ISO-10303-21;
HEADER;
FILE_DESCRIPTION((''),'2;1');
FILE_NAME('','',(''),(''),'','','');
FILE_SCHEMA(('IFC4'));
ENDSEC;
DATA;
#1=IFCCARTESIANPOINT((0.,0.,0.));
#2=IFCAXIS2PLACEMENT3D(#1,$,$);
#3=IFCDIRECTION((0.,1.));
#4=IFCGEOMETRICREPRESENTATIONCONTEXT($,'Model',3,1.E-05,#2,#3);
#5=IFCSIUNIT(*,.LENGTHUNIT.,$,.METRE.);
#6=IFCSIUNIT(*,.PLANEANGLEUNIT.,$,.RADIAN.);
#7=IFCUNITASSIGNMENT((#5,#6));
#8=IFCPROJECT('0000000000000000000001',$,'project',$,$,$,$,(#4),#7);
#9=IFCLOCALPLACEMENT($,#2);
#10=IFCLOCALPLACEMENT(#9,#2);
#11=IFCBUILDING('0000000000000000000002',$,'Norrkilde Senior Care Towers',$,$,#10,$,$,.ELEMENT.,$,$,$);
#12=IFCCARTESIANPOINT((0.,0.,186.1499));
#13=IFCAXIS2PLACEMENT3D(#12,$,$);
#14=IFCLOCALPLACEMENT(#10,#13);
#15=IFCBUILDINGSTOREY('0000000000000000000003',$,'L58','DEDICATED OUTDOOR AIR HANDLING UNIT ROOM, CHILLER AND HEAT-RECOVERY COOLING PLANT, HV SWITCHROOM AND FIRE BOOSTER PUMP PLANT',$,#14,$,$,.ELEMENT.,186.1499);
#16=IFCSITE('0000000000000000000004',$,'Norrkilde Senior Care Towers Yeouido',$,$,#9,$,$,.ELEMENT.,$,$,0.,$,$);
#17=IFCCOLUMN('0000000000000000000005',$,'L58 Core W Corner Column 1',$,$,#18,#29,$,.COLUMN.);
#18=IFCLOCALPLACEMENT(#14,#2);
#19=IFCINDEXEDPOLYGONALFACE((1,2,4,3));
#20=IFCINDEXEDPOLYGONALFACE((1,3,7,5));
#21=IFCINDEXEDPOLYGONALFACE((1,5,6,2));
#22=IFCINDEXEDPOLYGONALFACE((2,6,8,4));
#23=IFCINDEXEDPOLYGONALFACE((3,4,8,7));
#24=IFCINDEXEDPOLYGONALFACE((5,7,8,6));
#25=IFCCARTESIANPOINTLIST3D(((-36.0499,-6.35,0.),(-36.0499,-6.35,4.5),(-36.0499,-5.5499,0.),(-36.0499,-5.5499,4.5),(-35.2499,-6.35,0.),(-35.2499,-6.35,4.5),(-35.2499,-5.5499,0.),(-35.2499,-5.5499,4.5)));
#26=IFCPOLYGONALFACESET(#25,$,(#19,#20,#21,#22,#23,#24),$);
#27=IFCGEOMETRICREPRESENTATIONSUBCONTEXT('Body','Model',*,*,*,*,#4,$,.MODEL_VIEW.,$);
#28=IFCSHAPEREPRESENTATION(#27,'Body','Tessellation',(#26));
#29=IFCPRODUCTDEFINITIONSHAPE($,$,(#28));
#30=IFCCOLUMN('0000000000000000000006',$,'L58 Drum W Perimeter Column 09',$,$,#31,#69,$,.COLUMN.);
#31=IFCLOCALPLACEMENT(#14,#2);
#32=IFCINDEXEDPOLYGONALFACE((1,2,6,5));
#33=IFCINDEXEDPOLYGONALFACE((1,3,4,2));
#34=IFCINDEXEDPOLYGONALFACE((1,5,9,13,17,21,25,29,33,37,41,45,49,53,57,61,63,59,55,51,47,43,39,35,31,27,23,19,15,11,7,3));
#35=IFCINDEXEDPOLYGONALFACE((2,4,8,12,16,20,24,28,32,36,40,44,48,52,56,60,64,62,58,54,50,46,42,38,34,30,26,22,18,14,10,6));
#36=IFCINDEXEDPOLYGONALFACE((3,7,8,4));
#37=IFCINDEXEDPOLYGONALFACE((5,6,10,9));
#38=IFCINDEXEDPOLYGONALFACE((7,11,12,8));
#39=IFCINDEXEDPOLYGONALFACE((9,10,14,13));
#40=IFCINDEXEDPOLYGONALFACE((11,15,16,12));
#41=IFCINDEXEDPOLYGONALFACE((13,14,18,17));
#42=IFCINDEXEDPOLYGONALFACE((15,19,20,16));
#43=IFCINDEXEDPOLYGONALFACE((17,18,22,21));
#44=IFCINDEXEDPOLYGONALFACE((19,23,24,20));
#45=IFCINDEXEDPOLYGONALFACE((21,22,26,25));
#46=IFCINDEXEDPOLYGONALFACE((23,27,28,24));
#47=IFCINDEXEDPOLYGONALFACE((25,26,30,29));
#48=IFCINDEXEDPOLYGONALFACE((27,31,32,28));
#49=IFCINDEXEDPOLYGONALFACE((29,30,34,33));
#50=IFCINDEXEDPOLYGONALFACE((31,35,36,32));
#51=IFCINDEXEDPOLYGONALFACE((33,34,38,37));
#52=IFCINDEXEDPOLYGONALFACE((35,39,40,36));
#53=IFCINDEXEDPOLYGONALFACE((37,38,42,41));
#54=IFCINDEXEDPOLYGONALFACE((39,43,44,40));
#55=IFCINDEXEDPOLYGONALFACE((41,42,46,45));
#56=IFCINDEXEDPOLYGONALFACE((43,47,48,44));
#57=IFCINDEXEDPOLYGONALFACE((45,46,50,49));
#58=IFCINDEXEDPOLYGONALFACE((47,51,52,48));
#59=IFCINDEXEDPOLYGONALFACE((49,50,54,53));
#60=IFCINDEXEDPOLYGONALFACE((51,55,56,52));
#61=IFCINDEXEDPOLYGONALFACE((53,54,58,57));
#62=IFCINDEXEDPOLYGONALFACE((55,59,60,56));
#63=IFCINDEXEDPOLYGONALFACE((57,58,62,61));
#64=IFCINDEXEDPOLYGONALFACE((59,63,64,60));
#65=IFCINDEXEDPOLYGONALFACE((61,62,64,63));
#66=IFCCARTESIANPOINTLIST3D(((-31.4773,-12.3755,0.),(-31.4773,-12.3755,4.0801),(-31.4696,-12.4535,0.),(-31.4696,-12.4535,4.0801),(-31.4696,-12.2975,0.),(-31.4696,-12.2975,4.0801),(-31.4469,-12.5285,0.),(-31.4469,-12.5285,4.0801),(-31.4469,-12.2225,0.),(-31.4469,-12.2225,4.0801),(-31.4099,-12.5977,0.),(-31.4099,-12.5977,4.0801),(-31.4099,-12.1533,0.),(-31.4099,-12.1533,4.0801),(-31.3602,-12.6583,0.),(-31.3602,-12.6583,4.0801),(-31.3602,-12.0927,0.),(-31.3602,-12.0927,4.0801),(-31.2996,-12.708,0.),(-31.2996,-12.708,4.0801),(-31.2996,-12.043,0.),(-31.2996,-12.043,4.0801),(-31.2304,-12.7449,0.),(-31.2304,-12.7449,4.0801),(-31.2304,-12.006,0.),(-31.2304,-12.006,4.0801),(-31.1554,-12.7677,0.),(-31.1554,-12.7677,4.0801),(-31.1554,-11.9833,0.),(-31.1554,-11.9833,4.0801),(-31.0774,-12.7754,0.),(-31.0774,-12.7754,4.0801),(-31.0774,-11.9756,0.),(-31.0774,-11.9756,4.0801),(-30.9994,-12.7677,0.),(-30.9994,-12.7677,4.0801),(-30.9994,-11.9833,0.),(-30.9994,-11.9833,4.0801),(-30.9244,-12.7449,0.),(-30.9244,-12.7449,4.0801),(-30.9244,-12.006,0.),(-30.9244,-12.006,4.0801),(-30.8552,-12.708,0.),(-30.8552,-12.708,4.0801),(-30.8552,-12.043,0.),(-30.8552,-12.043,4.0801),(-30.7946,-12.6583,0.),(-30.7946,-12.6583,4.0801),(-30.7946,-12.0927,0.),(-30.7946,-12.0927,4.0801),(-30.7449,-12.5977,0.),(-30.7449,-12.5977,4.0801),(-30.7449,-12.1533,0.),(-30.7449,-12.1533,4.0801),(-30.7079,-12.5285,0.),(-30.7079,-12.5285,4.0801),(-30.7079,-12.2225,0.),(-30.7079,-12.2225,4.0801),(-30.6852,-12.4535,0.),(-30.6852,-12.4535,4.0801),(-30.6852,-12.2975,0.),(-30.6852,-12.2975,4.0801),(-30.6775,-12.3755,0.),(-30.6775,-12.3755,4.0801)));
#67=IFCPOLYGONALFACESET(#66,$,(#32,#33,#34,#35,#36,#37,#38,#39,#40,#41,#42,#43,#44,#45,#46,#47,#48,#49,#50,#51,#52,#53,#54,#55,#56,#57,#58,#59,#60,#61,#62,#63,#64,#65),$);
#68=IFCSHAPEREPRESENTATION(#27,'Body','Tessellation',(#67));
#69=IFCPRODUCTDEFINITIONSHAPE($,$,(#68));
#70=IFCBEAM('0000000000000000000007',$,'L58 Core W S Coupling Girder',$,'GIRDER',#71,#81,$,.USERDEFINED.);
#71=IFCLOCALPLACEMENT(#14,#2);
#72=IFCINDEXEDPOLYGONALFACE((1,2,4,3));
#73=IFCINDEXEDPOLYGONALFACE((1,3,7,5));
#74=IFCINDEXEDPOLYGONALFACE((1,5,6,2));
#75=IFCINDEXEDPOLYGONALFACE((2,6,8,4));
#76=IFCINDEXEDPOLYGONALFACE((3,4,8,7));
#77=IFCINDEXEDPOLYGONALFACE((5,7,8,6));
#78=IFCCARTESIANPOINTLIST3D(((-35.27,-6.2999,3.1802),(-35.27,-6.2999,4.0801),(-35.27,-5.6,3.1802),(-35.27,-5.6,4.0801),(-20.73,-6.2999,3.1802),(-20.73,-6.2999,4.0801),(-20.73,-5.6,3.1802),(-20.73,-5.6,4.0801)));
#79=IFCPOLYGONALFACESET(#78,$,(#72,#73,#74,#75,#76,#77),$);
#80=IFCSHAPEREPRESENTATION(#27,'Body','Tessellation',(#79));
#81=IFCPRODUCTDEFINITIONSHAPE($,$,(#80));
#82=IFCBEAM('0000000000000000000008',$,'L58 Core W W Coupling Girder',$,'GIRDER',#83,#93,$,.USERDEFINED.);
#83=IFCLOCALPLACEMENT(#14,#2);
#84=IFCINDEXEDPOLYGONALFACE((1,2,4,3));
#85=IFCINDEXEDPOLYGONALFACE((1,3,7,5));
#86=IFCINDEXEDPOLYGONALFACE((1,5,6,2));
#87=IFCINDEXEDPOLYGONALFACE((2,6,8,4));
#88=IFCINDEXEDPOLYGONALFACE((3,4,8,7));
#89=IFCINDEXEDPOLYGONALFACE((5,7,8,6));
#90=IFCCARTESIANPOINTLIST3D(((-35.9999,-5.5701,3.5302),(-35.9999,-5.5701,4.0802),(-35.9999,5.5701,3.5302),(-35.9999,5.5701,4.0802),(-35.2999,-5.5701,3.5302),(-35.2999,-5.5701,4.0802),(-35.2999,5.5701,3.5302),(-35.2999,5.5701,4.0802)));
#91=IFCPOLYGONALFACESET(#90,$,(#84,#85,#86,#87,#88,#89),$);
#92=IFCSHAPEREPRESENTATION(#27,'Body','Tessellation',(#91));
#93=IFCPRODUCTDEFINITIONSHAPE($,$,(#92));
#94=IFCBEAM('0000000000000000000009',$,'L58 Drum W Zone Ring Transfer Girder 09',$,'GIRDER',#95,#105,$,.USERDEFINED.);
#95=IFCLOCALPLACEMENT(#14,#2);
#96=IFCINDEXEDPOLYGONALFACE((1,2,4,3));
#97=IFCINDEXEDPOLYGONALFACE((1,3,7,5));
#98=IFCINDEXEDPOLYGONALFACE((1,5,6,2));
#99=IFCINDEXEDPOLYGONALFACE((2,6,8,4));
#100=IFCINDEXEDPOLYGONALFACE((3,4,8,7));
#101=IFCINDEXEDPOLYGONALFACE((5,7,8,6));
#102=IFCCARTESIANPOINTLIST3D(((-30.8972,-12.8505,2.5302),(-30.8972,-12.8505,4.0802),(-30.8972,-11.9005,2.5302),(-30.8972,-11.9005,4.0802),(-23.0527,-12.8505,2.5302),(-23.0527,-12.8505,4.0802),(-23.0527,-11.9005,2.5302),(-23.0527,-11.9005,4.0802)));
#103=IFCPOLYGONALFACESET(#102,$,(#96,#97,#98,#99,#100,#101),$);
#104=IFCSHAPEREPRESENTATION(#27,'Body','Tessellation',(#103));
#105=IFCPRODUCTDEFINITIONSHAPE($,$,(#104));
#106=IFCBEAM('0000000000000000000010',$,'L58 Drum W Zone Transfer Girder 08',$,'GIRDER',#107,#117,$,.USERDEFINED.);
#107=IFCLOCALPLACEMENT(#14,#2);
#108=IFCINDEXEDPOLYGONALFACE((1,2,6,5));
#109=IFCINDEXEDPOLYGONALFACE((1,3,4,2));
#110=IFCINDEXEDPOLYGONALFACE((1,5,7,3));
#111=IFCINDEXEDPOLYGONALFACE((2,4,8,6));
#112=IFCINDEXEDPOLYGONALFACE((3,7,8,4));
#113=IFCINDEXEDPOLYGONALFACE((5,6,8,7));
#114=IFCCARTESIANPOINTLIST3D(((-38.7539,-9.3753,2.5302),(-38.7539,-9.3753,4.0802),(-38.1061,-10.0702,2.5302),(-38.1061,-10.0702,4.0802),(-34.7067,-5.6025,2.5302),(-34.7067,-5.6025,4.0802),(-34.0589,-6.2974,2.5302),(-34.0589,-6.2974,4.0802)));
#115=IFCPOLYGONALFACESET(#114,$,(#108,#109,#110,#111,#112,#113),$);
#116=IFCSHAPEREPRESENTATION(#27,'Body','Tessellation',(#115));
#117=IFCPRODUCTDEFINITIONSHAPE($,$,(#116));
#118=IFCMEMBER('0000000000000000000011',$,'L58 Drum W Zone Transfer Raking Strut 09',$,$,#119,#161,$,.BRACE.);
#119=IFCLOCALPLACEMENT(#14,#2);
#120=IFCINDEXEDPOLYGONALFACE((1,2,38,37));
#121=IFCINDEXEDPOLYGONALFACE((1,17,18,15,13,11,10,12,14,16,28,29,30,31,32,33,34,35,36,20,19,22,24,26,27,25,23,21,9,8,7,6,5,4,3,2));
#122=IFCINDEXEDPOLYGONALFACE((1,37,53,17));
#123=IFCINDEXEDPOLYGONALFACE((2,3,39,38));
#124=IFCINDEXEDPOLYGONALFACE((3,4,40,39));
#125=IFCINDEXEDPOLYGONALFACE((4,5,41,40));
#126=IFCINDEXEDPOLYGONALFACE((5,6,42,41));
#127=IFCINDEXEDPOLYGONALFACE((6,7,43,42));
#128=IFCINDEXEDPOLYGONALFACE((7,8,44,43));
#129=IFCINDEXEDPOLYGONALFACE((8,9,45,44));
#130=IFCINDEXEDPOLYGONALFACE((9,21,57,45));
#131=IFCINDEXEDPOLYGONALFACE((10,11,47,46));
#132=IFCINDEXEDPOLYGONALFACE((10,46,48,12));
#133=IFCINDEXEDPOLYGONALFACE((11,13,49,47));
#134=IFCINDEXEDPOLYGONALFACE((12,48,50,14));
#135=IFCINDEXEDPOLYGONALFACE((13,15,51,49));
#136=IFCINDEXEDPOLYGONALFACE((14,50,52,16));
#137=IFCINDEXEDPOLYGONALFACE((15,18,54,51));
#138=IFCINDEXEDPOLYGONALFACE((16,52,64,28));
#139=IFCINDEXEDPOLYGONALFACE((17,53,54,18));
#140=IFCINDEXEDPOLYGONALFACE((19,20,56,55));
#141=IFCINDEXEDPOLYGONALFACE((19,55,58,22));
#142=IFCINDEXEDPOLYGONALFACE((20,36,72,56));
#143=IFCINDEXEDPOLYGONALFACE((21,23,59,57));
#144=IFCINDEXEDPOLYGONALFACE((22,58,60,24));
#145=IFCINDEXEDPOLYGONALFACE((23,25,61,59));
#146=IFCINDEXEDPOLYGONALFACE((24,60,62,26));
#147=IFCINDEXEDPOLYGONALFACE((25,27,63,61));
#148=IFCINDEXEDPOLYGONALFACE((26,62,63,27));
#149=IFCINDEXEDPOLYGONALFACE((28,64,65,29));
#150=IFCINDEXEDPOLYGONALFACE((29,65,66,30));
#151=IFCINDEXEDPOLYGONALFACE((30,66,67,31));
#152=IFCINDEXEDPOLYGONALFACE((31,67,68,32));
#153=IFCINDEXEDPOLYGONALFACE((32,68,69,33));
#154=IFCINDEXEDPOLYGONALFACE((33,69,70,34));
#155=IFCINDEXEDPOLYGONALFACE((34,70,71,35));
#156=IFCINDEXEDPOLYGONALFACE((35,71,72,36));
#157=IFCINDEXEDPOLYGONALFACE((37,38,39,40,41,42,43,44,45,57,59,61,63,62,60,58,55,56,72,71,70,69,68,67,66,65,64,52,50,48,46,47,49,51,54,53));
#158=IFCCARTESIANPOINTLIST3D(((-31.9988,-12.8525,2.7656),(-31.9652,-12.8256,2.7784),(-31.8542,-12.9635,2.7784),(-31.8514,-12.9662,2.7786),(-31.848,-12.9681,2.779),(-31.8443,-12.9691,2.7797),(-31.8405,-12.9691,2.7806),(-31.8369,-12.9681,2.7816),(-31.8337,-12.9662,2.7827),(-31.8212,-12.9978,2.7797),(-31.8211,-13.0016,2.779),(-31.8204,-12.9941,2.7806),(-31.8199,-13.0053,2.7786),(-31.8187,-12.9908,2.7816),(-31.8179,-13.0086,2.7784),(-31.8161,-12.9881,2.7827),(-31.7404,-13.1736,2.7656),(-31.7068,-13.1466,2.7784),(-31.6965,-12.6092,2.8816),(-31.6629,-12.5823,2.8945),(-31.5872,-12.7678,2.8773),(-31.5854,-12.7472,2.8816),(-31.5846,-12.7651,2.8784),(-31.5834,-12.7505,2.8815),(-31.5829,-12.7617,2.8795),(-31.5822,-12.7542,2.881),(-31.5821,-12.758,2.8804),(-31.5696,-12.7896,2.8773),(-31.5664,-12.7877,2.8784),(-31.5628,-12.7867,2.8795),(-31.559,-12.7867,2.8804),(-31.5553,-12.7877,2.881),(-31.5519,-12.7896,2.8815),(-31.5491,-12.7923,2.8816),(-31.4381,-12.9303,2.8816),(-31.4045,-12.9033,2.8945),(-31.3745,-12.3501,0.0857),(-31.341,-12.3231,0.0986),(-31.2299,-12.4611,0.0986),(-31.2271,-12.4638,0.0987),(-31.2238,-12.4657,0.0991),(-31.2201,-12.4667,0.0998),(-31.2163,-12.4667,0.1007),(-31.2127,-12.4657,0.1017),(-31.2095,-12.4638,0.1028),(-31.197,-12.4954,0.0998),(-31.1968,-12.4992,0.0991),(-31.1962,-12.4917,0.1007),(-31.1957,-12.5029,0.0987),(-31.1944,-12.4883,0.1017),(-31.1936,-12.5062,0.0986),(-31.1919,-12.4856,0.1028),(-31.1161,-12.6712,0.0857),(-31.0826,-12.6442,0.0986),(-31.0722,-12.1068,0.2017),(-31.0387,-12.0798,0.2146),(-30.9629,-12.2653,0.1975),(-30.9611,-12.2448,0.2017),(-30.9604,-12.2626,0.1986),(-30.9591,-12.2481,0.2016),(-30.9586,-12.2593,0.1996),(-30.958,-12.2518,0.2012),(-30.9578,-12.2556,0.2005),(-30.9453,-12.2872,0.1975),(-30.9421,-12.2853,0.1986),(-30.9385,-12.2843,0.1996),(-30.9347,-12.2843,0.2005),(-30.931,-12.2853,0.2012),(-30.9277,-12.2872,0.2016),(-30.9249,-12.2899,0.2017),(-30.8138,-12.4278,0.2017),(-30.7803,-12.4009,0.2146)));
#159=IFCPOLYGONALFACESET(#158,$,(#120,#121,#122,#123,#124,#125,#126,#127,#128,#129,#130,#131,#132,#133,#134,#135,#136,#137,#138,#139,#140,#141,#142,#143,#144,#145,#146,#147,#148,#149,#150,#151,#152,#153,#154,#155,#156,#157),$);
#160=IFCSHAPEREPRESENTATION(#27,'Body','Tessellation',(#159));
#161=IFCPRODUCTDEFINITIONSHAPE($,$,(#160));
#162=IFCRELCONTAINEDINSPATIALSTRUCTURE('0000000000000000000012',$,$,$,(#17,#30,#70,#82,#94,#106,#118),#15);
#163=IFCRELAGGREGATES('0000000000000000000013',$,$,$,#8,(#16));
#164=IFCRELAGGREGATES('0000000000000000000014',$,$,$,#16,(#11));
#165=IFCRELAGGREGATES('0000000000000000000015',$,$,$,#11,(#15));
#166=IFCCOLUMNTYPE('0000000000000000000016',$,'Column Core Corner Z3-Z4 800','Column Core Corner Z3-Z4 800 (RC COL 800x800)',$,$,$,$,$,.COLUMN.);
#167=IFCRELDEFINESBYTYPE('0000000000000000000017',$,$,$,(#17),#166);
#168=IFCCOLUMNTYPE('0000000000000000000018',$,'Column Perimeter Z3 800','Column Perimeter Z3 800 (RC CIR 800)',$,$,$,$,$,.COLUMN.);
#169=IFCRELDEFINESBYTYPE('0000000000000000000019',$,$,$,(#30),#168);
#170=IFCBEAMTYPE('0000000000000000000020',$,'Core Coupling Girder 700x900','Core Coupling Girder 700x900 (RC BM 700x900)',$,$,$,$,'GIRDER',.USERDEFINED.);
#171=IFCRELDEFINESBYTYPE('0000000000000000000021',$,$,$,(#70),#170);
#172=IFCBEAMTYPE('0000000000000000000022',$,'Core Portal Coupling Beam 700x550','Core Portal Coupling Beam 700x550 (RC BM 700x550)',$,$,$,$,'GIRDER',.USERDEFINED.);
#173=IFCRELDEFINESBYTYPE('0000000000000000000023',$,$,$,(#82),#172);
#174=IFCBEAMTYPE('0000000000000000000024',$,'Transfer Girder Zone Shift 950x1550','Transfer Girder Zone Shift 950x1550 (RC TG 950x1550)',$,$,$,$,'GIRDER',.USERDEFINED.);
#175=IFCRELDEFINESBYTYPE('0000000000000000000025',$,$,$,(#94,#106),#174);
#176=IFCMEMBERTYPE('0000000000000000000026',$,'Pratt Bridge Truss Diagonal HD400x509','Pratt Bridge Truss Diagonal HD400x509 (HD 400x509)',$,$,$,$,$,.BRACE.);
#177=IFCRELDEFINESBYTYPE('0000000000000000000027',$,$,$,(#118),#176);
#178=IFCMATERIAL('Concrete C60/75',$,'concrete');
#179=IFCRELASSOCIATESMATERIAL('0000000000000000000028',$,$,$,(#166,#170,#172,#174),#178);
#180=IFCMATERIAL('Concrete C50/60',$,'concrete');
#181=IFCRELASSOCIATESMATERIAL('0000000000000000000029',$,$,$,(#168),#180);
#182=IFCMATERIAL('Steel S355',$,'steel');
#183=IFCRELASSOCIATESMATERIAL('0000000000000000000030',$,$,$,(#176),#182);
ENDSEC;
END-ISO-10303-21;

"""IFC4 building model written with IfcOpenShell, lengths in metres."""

from ifc_helpers import new_model, si_unit, direction, frame, origin, origin_2d, place, context, subcontext, project, spatial, rectangle, circle, i_section, extrude, source, transform, mapped, material, material_profile, profile_set, type_object, type_shapes, element, save


model = new_model("IFC4")

# Units and contexts
model_context = context("Model", 3, precision=1e-05, world=origin(), true_north=direction((0.0, 1.0)))
body_context = subcontext(model_context, "Body", "Model", "MODEL_VIEW")
ifc_project = project(units=[si_unit("LENGTHUNIT", "METRE"), si_unit("PLANEANGLEUNIT", "RADIAN")], contexts=[model_context])

# Site, building, storey
site_placement = place(None, origin())
site = spatial("IfcSite", under=ifc_project, at=site_placement, Name="Norrkilde Senior Care Towers Yeouido", CompositionType="ELEMENT", RefElevation=0.0)
building_placement = place(site_placement, origin())
building = spatial("IfcBuilding", under=site, at=building_placement, Name="Norrkilde Senior Care Towers", CompositionType="ELEMENT")
storey_placement = place(building_placement, frame((0.0, 0.0, 186.1499)))
storey = spatial("IfcBuildingStorey", under=building, at=storey_placement, Name="L58", Description="DEDICATED OUTDOOR AIR HANDLING UNIT ROOM, CHILLER AND HEAT-RECOVERY COOLING PLANT, HV SWITCHROOM AND FIRE BOOSTER PUMP PLANT", CompositionType="ELEMENT", Elevation=186.1499)

# Columns
ifc_material_1 = material(Name="Concrete C60/75", Category="concrete")
ifc_material_profile_1 = material_profile(ifc_material_1, rectangle(XDim=0.8, YDim=0.8, at=origin_2d()), Name="RC COL 800x800")
ifc_profile_set_1 = profile_set([ifc_material_profile_1], Name="Concrete C60/75")
column_type_1 = type_object("IfcColumnType", Name="Column Core Corner Z3-Z4 800", Description="Column Core Corner Z3-Z4 800 (RC COL 800x800)", PredefinedType="COLUMN", material=ifc_profile_set_1)
shared_shape_1 = source(origin(), body_context, "Body", "SweptSolid", [
    extrude(rectangle(XDim=0.8, YDim=0.8, at=origin_2d()), origin(), (0.0, 0.0, 1.0), 4.5),
])
type_shapes(column_type_1, [shared_shape_1])
column_1_placement = place(storey_placement, frame((-35.6499, -5.95, 0.0), z_axis=(0.0, 0.0, 1.0), x_axis=(1.0, 0.0, 0.0)))
element("IfcColumn", 1, at=column_1_placement, inside=storey, type_object=column_type_1, Name="L58 Core W Corner Column 1", PredefinedType="COLUMN", context=body_context, shape_type="MappedRepresentation", body=[
    mapped(shared_shape_1, transform((0.0, 0.0, 0.0), x_axis=(1.0, 0.0, 0.0), y_axis=(0.0, 1.0, 0.0), z_axis=(0.0, 0.0, 1.0), scale=1.0)),
])
ifc_material_2 = material(Name="Concrete C50/60", Category="concrete")
ifc_material_profile_2 = material_profile(ifc_material_2, circle(Radius=0.3999, at=origin_2d()), Name="RC CIR 800")
ifc_profile_set_2 = profile_set([ifc_material_profile_2], Name="Concrete C50/60")
column_type_2 = type_object("IfcColumnType", Name="Column Perimeter Z3 800", Description="Column Perimeter Z3 800 (RC CIR 800)", PredefinedType="COLUMN", material=ifc_profile_set_2)
shared_shape_2 = source(origin(), body_context, "Body", "SweptSolid", [
    extrude(circle(Radius=0.3999, at=origin_2d()), origin(), (0.0, 0.0, 1.0), 4.0801),
])
type_shapes(column_type_2, [shared_shape_2])
column_2_placement = place(storey_placement, frame((-31.0774, -12.3755, 0.0), z_axis=(0.0, 0.0, 1.0), x_axis=(1.0, 0.0, 0.0)))
element("IfcColumn", 2, at=column_2_placement, inside=storey, type_object=column_type_2, Name="L58 Drum W Perimeter Column 09", PredefinedType="COLUMN", context=body_context, shape_type="MappedRepresentation", body=[
    mapped(shared_shape_2, transform((0.0, 0.0, 0.0), x_axis=(1.0, 0.0, 0.0), y_axis=(0.0, 1.0, 0.0), z_axis=(0.0, 0.0, 1.0), scale=1.0)),
])

# Beams
ifc_material_profile_3 = material_profile(ifc_material_1, rectangle(XDim=0.7, YDim=0.8999, at=origin_2d()), Name="RC BM 700x900")
ifc_profile_set_3 = profile_set([ifc_material_profile_3], Name="Concrete C60/75")
beam_type_1 = type_object("IfcBeamType", Name="Core Coupling Girder 700x900", Description="Core Coupling Girder 700x900 (RC BM 700x900)", ElementType="GIRDER", PredefinedType="USERDEFINED", material=ifc_profile_set_3)
shared_shape_3 = source(origin(), body_context, "Body", "SweptSolid", [
    extrude(rectangle(XDim=0.7, YDim=0.8999, at=origin_2d()), origin(), (0.0, 0.0, 1.0), 14.54),
])
type_shapes(beam_type_1, [shared_shape_3])
beam_1_placement = place(storey_placement, frame((-35.27, -5.95, 3.6301), z_axis=(1.0, 0.0, 0.0), x_axis=(0.0, 1.0, 0.0)))
element("IfcBeam", 3, at=beam_1_placement, inside=storey, type_object=beam_type_1, Name="L58 Core W S Coupling Girder", ObjectType="GIRDER", PredefinedType="USERDEFINED", context=body_context, shape_type="MappedRepresentation", body=[
    mapped(shared_shape_3, transform((0.0, 0.0, 0.0), x_axis=(1.0, 0.0, 0.0), y_axis=(0.0, 1.0, 0.0), z_axis=(0.0, 0.0, 1.0), scale=1.0)),
])
ifc_material_profile_4 = material_profile(ifc_material_1, rectangle(XDim=0.7, YDim=0.55, at=origin_2d()), Name="RC BM 700x550")
ifc_profile_set_4 = profile_set([ifc_material_profile_4], Name="Concrete C60/75")
beam_type_2 = type_object("IfcBeamType", Name="Core Portal Coupling Beam 700x550", Description="Core Portal Coupling Beam 700x550 (RC BM 700x550)", ElementType="GIRDER", PredefinedType="USERDEFINED", material=ifc_profile_set_4)
shared_shape_4 = source(origin(), body_context, "Body", "SweptSolid", [
    extrude(rectangle(XDim=0.7, YDim=0.55, at=origin_2d()), origin(), (0.0, 0.0, 1.0), 11.1401),
])
type_shapes(beam_type_2, [shared_shape_4])
beam_2_placement = place(storey_placement, frame((-35.6499, -5.5701, 3.8052), z_axis=(0.0, 1.0, 0.0), x_axis=(-1.0, 0.0, 0.0)))
element("IfcBeam", 4, at=beam_2_placement, inside=storey, type_object=beam_type_2, Name="L58 Core W W Coupling Girder", ObjectType="GIRDER", PredefinedType="USERDEFINED", context=body_context, shape_type="MappedRepresentation", body=[
    mapped(shared_shape_4, transform((0.0, 0.0, 0.0), x_axis=(1.0, 0.0, 0.0), y_axis=(0.0, 1.0, 0.0), z_axis=(0.0, 0.0, 1.0), scale=1.0)),
])
ifc_material_profile_5 = material_profile(ifc_material_1, rectangle(XDim=0.95, YDim=1.55, at=origin_2d()), Name="RC TG 950x1550")
ifc_profile_set_5 = profile_set([ifc_material_profile_5], Name="Concrete C60/75")
beam_type_3 = type_object("IfcBeamType", Name="Transfer Girder Zone Shift 950x1550", Description="Transfer Girder Zone Shift 950x1550 (RC TG 950x1550)", ElementType="GIRDER", PredefinedType="USERDEFINED", material=ifc_profile_set_5)
shared_shape_5 = source(origin(), body_context, "Body", "SweptSolid", [
    extrude(rectangle(XDim=0.95, YDim=1.55, at=origin_2d()), origin(), (0.0, 0.0, 1.0), 7.8445),
])
beam_3_placement = place(storey_placement, frame((-30.8972, -12.3755, 3.3052), z_axis=(1.0, 0.0, 0.0), x_axis=(0.0, 1.0, 0.0)))
element("IfcBeam", 5, at=beam_3_placement, inside=storey, type_object=beam_type_3, Name="L58 Drum W Zone Ring Transfer Girder 09", ObjectType="GIRDER", PredefinedType="USERDEFINED", context=body_context, shape_type="MappedRepresentation", body=[
    mapped(shared_shape_5, transform((0.0, 0.0, 0.0), x_axis=(1.0, 0.0, 0.0), y_axis=(0.0, 1.0, 0.0), z_axis=(0.0, 0.0, 1.0), scale=1.0)),
])
shared_shape_6 = source(origin(), body_context, "Body", "SweptSolid", [
    extrude(rectangle(XDim=0.95, YDim=1.55, at=origin_2d()), origin(), (0.0, 0.0, 1.0), 5.533),
])
type_shapes(beam_type_3, [shared_shape_5, shared_shape_6])
beam_4_placement = place(storey_placement, frame((-34.3828, -5.95, 3.3052), z_axis=(-0.73147, -0.681873, 0.0), x_axis=(0.681873, -0.73147, 0.0)))
element("IfcBeam", 6, at=beam_4_placement, inside=storey, type_object=beam_type_3, Name="L58 Drum W Zone Transfer Girder 08", ObjectType="GIRDER", PredefinedType="USERDEFINED", context=body_context, shape_type="MappedRepresentation", body=[
    mapped(shared_shape_6, transform((0.0, 0.0, 0.0), x_axis=(1.0, 0.0, 0.0), y_axis=(0.0, 1.0, 0.0), z_axis=(0.0, 0.0, 1.0), scale=1.0)),
])

# Member
ifc_material_3 = material(Name="Steel S355", Category="steel")
ifc_material_profile_6 = material_profile(ifc_material_3, i_section(OverallWidth=0.4121, OverallDepth=0.45, WebThickness=0.0281, FlangeThickness=0.0449, FilletRadius=0.0149, at=origin_2d()), Name="HD 400x509")
ifc_profile_set_6 = profile_set([ifc_material_profile_6], Name="Steel S355")
member_type_1 = type_object("IfcMemberType", Name="Pratt Bridge Truss Diagonal HD400x509", Description="Pratt Bridge Truss Diagonal HD400x509 (HD 400x509)", PredefinedType="BRACE", material=ifc_profile_set_6)
shared_shape_7 = source(origin(), body_context, "Body", "SweptSolid", [
    extrude(i_section(OverallWidth=0.4121, OverallDepth=0.45, WebThickness=0.0281, FlangeThickness=0.0449, FilletRadius=0.0149, at=origin_2d()), origin(), (0.0, 0.0, 1.0), 2.7971),
])
type_shapes(member_type_1, [shared_shape_7])
member_1_placement = place(storey_placement, frame((-31.0774, -12.3755, 0.1501), z_axis=(-0.223178, -0.179625, 0.958085), x_axis=(0.626996, -0.779023, 0.0)))
element("IfcMember", 7, at=member_1_placement, inside=storey, type_object=member_type_1, Name="L58 Drum W Zone Transfer Raking Strut 09", PredefinedType="BRACE", context=body_context, shape_type="MappedRepresentation", body=[
    mapped(shared_shape_7, transform((0.0, 0.0, 0.0), x_axis=(1.0, 0.0, 0.0), y_axis=(0.0, 1.0, 0.0), z_axis=(0.0, 0.0, 1.0), scale=1.0)),
])

save(model, "model.ifc")
